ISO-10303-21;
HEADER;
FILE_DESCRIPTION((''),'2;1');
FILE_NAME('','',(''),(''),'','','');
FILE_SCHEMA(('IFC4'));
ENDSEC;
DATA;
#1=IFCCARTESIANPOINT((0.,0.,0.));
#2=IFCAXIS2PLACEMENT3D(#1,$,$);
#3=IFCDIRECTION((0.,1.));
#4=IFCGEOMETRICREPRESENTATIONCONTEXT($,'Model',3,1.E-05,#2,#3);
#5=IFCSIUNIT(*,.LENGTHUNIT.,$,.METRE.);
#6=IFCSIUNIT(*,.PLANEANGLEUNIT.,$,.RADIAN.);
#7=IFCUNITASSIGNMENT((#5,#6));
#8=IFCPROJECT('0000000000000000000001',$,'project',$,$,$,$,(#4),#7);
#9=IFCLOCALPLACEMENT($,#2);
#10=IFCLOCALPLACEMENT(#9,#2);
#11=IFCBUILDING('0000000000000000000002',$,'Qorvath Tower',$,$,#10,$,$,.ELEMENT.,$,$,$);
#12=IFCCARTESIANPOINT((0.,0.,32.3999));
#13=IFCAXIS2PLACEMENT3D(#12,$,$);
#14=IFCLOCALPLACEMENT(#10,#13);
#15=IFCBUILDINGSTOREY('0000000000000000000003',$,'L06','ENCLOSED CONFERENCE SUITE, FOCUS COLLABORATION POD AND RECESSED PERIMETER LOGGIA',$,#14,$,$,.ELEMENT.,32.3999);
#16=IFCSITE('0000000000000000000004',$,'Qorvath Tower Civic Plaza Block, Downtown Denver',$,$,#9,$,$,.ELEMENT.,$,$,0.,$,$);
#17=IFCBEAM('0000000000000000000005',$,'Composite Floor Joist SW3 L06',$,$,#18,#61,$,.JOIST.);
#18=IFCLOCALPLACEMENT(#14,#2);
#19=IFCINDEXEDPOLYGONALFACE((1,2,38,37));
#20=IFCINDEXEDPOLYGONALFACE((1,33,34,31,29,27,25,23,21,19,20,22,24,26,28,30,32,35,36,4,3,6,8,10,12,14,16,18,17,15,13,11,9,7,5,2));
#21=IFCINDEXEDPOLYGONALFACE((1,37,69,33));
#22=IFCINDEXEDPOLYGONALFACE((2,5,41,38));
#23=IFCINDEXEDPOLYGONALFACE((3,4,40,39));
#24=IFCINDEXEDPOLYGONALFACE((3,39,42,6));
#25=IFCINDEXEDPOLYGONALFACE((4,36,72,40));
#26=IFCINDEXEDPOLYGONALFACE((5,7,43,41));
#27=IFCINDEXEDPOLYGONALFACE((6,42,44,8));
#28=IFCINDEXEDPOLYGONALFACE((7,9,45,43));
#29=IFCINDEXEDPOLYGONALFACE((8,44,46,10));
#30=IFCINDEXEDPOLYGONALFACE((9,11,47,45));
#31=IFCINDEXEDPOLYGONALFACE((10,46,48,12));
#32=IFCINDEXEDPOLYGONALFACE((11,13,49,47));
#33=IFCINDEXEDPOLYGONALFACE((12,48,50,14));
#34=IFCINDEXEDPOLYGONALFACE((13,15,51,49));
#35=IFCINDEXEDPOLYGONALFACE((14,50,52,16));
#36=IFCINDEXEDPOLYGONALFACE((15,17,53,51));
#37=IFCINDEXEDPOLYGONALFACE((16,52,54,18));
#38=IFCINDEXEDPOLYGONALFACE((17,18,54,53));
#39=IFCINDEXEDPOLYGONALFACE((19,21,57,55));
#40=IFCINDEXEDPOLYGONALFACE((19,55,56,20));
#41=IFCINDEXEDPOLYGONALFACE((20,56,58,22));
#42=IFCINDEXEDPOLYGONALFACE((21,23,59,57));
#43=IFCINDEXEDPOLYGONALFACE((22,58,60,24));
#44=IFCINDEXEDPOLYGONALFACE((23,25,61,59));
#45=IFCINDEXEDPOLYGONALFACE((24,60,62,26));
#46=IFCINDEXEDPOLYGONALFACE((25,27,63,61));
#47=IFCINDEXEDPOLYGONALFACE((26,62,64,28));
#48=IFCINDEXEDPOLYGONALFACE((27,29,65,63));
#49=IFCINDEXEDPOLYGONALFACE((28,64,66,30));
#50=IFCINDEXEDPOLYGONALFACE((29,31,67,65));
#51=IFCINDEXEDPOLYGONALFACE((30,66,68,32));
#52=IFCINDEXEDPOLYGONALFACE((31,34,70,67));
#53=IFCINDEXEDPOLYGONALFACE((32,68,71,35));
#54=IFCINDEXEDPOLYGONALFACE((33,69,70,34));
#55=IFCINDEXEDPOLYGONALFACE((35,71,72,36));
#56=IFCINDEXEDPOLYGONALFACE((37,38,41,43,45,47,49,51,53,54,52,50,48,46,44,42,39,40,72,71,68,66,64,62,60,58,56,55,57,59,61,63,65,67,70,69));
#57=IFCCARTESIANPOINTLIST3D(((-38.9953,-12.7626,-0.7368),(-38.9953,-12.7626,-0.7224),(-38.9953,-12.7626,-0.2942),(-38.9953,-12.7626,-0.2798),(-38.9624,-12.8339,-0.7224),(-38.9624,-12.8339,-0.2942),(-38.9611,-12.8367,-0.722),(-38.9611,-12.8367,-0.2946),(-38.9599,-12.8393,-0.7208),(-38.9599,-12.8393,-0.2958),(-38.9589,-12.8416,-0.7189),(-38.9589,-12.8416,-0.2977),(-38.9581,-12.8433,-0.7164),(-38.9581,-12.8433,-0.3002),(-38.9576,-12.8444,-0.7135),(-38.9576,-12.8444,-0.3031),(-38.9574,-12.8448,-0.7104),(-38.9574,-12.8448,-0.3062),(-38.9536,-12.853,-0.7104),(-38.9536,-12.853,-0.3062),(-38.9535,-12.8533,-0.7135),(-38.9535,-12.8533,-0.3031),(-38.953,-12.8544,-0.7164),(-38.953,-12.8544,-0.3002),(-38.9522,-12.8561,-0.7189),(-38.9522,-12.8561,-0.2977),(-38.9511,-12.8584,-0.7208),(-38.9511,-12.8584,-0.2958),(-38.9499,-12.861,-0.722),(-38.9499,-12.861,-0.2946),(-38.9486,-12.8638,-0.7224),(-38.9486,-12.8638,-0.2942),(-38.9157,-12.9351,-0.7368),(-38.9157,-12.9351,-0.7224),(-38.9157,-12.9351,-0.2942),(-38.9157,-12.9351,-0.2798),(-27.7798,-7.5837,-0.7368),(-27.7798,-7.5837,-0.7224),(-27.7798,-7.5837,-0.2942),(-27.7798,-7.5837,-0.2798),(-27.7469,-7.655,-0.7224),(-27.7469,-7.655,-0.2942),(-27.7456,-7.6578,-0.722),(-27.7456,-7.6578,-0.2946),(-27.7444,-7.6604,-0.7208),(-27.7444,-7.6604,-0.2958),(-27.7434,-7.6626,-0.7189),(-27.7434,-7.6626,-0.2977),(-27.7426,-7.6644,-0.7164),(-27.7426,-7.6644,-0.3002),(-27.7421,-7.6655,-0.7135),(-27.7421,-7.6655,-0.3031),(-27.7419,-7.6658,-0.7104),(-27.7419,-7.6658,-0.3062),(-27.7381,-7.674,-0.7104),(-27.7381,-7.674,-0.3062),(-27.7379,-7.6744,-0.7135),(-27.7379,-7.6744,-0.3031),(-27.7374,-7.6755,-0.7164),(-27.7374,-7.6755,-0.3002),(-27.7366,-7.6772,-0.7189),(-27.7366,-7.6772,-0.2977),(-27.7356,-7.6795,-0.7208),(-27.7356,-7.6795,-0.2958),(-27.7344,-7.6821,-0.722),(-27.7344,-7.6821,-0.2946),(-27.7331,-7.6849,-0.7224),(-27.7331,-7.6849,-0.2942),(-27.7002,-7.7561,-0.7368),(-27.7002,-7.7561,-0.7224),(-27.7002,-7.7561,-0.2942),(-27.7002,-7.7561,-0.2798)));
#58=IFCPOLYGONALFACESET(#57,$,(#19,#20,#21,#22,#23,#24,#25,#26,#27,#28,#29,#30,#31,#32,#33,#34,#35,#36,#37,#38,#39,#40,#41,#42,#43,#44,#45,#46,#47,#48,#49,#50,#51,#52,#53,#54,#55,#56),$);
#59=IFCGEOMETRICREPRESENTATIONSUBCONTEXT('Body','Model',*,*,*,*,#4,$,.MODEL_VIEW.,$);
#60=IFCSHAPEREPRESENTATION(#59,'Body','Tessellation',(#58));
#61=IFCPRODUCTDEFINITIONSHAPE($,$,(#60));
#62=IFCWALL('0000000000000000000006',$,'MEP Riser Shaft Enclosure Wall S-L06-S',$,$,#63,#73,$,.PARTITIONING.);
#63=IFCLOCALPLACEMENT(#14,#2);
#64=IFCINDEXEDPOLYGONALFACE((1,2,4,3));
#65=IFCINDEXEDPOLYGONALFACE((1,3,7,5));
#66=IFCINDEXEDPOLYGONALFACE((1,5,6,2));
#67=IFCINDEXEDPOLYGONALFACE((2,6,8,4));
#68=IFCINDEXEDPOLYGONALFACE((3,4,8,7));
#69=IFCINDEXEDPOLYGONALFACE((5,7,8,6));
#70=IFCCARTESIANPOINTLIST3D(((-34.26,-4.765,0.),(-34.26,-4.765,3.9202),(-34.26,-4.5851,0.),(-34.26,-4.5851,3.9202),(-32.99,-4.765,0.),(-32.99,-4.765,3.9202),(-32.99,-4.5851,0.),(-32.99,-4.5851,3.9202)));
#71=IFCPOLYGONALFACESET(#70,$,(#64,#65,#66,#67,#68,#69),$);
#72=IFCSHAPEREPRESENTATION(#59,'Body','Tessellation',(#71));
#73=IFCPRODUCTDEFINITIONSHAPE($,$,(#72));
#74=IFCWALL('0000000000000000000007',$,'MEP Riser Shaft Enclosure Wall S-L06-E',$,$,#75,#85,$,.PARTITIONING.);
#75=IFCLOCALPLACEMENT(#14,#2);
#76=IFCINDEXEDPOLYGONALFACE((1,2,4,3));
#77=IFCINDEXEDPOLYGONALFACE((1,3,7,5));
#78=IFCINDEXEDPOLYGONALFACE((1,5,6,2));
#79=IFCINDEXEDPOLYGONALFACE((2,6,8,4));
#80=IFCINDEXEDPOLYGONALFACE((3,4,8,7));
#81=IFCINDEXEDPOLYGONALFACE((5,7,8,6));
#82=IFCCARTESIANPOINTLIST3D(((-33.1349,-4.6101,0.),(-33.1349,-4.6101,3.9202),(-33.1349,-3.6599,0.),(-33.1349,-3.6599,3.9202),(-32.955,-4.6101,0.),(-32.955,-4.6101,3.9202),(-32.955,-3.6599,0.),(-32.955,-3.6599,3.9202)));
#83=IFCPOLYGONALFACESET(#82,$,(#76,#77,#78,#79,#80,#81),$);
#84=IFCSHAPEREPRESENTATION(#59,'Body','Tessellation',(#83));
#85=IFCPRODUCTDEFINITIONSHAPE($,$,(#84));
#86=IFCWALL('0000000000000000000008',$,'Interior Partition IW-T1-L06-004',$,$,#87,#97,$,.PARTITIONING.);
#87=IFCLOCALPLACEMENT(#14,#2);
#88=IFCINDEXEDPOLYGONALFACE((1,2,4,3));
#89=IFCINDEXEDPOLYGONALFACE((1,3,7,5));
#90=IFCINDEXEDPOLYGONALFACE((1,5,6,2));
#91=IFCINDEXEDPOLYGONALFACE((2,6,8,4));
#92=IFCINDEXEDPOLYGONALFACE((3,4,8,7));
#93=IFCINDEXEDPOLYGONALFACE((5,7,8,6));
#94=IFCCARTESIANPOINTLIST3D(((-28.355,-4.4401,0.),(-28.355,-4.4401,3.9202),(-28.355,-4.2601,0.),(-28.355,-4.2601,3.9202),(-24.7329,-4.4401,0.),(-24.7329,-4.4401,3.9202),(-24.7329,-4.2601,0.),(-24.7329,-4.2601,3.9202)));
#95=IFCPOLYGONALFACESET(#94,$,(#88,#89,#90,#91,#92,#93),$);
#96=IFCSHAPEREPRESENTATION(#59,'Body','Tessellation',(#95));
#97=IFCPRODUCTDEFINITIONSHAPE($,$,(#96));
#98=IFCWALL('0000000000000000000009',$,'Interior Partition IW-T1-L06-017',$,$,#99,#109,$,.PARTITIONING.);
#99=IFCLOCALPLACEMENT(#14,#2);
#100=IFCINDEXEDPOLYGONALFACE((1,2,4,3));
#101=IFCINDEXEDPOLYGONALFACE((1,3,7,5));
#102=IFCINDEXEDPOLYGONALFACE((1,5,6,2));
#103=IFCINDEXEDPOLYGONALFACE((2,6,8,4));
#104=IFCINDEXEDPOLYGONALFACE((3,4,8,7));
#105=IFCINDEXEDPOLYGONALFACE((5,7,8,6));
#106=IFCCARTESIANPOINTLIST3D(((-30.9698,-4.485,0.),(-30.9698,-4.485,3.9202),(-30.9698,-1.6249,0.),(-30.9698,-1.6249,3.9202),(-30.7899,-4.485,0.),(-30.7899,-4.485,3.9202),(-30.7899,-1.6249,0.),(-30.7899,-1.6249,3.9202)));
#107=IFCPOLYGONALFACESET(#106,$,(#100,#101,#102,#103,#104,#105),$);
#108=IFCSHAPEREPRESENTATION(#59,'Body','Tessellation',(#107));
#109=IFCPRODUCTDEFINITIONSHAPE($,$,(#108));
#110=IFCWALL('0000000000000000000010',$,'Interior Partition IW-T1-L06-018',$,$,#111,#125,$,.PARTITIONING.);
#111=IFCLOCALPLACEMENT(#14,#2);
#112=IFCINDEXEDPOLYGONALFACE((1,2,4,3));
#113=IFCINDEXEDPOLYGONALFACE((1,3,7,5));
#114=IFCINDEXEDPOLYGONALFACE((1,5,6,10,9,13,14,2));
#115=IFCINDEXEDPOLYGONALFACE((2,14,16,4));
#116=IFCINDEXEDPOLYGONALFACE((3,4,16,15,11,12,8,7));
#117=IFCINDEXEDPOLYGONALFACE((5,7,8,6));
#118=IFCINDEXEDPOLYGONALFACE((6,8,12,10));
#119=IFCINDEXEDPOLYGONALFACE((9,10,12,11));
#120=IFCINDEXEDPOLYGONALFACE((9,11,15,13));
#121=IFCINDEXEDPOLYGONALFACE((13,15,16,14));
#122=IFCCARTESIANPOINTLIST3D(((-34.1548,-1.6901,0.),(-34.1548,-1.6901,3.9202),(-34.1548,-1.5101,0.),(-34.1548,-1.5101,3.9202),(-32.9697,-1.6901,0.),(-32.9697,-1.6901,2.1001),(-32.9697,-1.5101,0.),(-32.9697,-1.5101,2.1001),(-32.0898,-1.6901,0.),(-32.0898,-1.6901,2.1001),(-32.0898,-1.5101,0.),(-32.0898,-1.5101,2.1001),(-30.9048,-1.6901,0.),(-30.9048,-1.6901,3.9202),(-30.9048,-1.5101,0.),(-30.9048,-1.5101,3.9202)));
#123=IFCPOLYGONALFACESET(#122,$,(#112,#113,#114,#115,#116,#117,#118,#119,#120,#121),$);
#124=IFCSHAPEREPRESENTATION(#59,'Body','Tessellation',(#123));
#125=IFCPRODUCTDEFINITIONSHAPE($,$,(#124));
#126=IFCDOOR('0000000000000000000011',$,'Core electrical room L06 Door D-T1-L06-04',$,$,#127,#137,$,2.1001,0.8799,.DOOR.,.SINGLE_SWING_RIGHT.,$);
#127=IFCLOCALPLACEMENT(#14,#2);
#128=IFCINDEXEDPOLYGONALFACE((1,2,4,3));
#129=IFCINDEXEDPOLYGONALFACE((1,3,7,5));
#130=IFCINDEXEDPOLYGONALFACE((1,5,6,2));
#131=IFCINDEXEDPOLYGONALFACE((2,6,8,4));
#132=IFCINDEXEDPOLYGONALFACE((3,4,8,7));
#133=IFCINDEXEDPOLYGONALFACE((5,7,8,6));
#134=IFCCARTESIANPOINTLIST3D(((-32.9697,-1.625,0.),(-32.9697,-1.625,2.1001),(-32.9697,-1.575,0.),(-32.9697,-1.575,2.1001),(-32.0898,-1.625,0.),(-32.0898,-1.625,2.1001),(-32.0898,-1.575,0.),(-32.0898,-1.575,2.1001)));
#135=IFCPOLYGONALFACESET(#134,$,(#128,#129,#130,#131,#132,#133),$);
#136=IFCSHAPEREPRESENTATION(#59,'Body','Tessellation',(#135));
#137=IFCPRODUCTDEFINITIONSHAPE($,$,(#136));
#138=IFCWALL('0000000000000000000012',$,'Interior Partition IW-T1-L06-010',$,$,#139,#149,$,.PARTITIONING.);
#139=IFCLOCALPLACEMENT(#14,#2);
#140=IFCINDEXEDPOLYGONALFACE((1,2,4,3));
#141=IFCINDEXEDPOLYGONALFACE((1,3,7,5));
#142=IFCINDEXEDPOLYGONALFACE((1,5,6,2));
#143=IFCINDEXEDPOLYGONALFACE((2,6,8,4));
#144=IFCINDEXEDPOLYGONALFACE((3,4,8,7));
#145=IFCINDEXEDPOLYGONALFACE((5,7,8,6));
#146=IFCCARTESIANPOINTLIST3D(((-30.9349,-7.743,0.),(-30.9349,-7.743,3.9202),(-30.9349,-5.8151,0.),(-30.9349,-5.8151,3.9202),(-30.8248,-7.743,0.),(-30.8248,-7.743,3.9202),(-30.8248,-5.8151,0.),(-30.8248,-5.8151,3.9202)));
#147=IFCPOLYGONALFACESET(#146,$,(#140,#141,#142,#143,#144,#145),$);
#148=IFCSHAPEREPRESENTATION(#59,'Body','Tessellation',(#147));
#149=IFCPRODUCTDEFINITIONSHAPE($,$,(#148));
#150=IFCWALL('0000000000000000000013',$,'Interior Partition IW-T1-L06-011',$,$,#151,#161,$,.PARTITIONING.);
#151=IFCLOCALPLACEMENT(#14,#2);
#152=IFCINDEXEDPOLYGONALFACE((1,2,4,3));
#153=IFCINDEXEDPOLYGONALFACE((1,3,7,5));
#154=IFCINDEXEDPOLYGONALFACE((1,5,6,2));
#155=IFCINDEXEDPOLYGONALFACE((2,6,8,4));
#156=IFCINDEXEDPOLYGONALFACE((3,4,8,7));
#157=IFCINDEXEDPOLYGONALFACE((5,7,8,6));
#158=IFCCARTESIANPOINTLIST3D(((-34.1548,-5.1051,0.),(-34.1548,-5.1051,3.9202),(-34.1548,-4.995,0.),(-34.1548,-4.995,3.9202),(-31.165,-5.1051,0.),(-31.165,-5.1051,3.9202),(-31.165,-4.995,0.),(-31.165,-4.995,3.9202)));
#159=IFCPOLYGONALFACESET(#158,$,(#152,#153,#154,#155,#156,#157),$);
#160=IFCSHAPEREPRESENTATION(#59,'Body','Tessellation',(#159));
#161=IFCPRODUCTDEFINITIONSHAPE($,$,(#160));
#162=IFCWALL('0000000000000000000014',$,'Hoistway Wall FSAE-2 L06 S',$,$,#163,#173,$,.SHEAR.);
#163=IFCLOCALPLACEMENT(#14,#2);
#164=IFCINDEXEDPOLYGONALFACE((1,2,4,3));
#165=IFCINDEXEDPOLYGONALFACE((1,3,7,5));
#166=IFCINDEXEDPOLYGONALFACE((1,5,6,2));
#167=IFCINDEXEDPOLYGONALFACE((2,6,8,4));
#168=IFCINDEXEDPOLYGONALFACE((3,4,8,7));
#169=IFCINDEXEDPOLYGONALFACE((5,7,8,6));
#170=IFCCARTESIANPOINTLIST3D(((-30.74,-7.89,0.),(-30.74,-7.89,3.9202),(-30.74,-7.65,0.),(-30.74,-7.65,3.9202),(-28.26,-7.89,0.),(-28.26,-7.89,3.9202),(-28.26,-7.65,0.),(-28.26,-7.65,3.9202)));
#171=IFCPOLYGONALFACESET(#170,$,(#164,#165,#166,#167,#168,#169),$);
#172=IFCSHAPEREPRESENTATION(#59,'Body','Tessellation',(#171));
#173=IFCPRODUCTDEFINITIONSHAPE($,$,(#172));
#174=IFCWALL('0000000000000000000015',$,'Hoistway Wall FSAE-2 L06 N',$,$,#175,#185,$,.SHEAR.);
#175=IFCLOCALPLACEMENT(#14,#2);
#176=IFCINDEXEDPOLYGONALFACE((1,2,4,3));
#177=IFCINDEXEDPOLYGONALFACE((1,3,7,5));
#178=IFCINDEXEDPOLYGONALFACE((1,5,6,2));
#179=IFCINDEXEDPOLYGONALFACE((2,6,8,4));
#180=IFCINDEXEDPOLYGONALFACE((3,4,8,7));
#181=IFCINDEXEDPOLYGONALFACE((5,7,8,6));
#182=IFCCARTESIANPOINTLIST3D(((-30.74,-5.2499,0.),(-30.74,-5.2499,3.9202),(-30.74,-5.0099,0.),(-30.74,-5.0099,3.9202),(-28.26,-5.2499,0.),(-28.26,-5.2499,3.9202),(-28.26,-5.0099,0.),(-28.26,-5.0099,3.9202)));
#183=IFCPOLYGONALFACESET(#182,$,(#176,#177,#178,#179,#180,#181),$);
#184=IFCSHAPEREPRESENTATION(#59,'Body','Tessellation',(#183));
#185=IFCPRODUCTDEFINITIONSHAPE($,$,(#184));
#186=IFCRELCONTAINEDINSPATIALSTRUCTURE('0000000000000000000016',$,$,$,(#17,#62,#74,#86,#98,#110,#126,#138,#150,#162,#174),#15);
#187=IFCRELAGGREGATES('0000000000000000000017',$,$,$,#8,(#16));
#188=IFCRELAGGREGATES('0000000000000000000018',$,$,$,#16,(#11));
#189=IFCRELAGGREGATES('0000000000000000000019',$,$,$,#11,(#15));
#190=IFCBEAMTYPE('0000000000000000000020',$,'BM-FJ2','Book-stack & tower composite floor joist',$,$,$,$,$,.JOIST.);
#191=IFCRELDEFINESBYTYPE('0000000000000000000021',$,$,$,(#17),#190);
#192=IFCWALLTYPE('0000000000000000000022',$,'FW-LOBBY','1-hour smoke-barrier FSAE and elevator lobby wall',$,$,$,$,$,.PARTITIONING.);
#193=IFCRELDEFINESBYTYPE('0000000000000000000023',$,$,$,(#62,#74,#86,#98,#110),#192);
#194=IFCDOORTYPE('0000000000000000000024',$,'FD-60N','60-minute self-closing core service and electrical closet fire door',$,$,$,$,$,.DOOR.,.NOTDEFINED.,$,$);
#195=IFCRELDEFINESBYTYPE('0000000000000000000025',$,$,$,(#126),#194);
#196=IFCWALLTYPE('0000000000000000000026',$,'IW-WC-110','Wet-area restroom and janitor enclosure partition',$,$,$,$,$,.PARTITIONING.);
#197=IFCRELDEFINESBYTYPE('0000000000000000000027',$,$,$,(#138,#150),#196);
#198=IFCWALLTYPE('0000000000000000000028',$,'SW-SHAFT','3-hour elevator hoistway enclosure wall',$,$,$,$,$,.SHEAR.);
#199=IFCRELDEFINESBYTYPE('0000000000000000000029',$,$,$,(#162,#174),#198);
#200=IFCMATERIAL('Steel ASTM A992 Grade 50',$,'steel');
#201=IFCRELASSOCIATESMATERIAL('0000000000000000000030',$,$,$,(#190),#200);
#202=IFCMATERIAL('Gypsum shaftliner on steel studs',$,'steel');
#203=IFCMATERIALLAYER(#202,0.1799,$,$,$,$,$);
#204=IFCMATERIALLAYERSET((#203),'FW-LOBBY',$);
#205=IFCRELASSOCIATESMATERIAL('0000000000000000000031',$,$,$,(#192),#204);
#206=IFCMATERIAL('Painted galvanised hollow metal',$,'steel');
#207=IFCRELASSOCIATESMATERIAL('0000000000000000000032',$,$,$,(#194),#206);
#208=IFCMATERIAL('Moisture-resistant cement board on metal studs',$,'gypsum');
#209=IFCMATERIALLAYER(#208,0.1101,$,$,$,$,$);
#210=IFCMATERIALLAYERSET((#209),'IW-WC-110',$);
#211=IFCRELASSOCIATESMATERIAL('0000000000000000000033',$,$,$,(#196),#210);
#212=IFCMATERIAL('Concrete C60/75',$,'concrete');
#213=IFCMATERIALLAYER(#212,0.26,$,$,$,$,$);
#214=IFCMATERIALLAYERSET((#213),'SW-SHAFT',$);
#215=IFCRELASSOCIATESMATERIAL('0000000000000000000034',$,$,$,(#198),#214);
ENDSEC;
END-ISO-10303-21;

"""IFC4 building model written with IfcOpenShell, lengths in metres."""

from ifc_helpers import new_model, si_unit, direction, frame, frame_2d, origin, origin_2d, place, context, subcontext, project, spatial, rectangle, i_section, extrude, material, layer, layer_set, material_profile, profile_set, type_object, element, fill, save


model = new_model("IFC4")

# Units and contexts
model_context = context("Model", 3, precision=1e-05, world=origin(), true_north=direction((0.0, 1.0)))
body_context = subcontext(model_context, "Body", "Model", "MODEL_VIEW")
ifc_project = project(units=[si_unit("LENGTHUNIT", "METRE"), si_unit("PLANEANGLEUNIT", "RADIAN")], contexts=[model_context])

# Site, building, storey
site_placement = place(None, origin())
site = spatial("IfcSite", under=ifc_project, at=site_placement, Name="Qorvath Tower Civic Plaza Block, Downtown Denver", CompositionType="ELEMENT", RefElevation=0.0)
building_placement = place(site_placement, origin())
building = spatial("IfcBuilding", under=site, at=building_placement, Name="Qorvath Tower", CompositionType="ELEMENT")
storey_placement = place(building_placement, frame((0.0, 0.0, 32.3999)))
storey = spatial("IfcBuildingStorey", under=building, at=storey_placement, Name="L06", Description="ENCLOSED CONFERENCE SUITE, FOCUS COLLABORATION POD AND RECESSED PERIMETER LOGGIA", CompositionType="ELEMENT", Elevation=32.3999)

# Beam
ifc_material_1 = material(Name="Steel ASTM A992 Grade 50", Category="steel")
ifc_material_profile_1 = material_profile(ifc_material_1, i_section(OverallWidth=0.1899, OverallDepth=0.457, WebThickness=0.009, FlangeThickness=0.0144, FilletRadius=0.012, at=origin_2d()), Name="W18x50")
ifc_profile_set_1 = profile_set([ifc_material_profile_1], Name="Steel ASTM A992 Grade 50")
beam_type_1 = type_object("IfcBeamType", Name="BM-FJ2", Description="Book-stack & tower composite floor joist", PredefinedType="JOIST", material=ifc_profile_set_1)
beam_1_placement = place(storey_placement, frame((-27.74, -7.6699, -0.5083), z_axis=(-0.907881, -0.419227, 0.0), x_axis=(0.419227, -0.907881, 0.0)))
element("IfcBeam", 1, at=beam_1_placement, inside=storey, type_object=beam_type_1, Name="Composite Floor Joist SW3 L06", PredefinedType="JOIST", context=body_context, shape_type="SweptSolid", body=[
    extrude(i_section(OverallWidth=0.1899, OverallDepth=0.457, WebThickness=0.009, FlangeThickness=0.0144, FilletRadius=0.012, at=origin_2d()), origin(), (0.0, 0.0, 1.0), 12.3535),
])

# Walls
ifc_material_2 = material(Name="Gypsum shaftliner on steel studs", Category="steel")
ifc_layer_1 = layer(ifc_material_2, 0.1799)
ifc_layer_set_1 = layer_set([ifc_layer_1], Name="FW-LOBBY")
wall_type_1 = type_object("IfcWallType", Name="FW-LOBBY", Description="1-hour smoke-barrier FSAE and elevator lobby wall", PredefinedType="PARTITIONING", material=ifc_layer_set_1)
wall_1_placement = place(storey_placement, frame((-32.99, -4.675, 0.0), z_axis=(0.0, 0.0, 1.0), x_axis=(-1.0, 0.0, 0.0)))
element("IfcWall", 2, at=wall_1_placement, inside=storey, type_object=wall_type_1, Name="MEP Riser Shaft Enclosure Wall S-L06-S", PredefinedType="PARTITIONING", context=body_context, shape_type="SweptSolid", body=[
    extrude(rectangle(XDim=1.27, YDim=0.1799, at=frame_2d((0.635, 0.0))), origin(), (0.0, 0.0, 1.0), 3.9202),
])
wall_2_placement = place(storey_placement, frame((-33.0449, -3.6599, 0.0), z_axis=(0.0, 0.0, 1.0), x_axis=(0.0, -1.0, 0.0)))
element("IfcWall", 3, at=wall_2_placement, inside=storey, type_object=wall_type_1, Name="MEP Riser Shaft Enclosure Wall S-L06-E", PredefinedType="PARTITIONING", context=body_context, shape_type="SweptSolid", body=[
    extrude(rectangle(XDim=0.9502, YDim=0.1799, at=frame_2d((0.4751, 0.0))), origin(), (0.0, 0.0, 1.0), 3.9202),
])
wall_3_placement = place(storey_placement, frame((-24.7329, -4.3501, 0.0), z_axis=(0.0, 0.0, 1.0), x_axis=(-1.0, 0.0, 0.0)))
element("IfcWall", 4, at=wall_3_placement, inside=storey, type_object=wall_type_1, Name="Interior Partition IW-T1-L06-004", PredefinedType="PARTITIONING", context=body_context, shape_type="SweptSolid", body=[
    extrude(rectangle(XDim=3.6221, YDim=0.1799, at=frame_2d((1.811, 0.0))), origin(), (0.0, 0.0, 1.0), 3.9202),
])
wall_4_placement = place(storey_placement, frame((-30.8799, -4.4851, 0.0), z_axis=(0.0, 0.0, 1.0), x_axis=(0.0, 1.0, 0.0)))
element("IfcWall", 5, at=wall_4_placement, inside=storey, type_object=wall_type_1, Name="Interior Partition IW-T1-L06-017", PredefinedType="PARTITIONING", context=body_context, shape_type="SweptSolid", body=[
    extrude(rectangle(XDim=2.8601, YDim=0.1799, at=frame_2d((1.4302, 0.0))), origin(), (0.0, 0.0, 1.0), 3.9202),
])

# Wall, opening, door
wall_5_placement = place(storey_placement, frame((-30.9048, -1.6001, 0.0), z_axis=(0.0, 0.0, 1.0), x_axis=(-1.0, 0.0, 0.0)))
wall_5 = element("IfcWall", 6, at=wall_5_placement, inside=storey, type_object=wall_type_1, Name="Interior Partition IW-T1-L06-018", PredefinedType="PARTITIONING", context=body_context, shape_type="SweptSolid", body=[
    extrude(rectangle(XDim=3.25, YDim=0.1799, at=frame_2d((1.625, 0.0))), origin(), (0.0, 0.0, 1.0), 3.9202),
])
opening_1_placement = place(wall_5_placement, frame((1.1851, 0.0, 0.0)))
opening_1 = element("IfcOpeningElement", 7, at=opening_1_placement, cuts=wall_5, PredefinedType="OPENING", context=body_context, shape_type="SweptSolid", body=[
    extrude(rectangle(XDim=0.8799, YDim=2.1001, at=frame_2d((0.4399, 1.05))), frame((0.0, 0.1001, 0.0), z_axis=(0.0, -1.0, 0.0), x_axis=(1.0, 0.0, 0.0)), (0.0, 0.0, 1.0), 0.2),
])
ifc_material_3 = material(Name="Painted galvanised hollow metal", Category="steel")
door_type_1 = type_object("IfcDoorType", Name="FD-60N", Description="60-minute self-closing core service and electrical closet fire door", OperationType="NOTDEFINED", PredefinedType="DOOR", material=ifc_material_3)
door_1_placement = place(opening_1_placement, origin())
door_1 = element("IfcDoor", 8, at=door_1_placement, inside=storey, type_object=door_type_1, Name="Core electrical room L06 Door D-T1-L06-04", OperationType="SINGLE_SWING_RIGHT", OverallHeight=2.1001, OverallWidth=0.8799, PredefinedType="DOOR", context=body_context, shape_type="SweptSolid", body=[
    extrude(rectangle(XDim=0.8799, YDim=2.1001, at=frame_2d((0.4399, 1.05))), frame((0.0, 0.0249, 0.0), z_axis=(0.0, -1.0, 0.0), x_axis=(1.0, 0.0, 0.0)), (0.0, 0.0, 1.0), 0.05),
])
fill(opening_1, door_1)

# Walls
ifc_material_4 = material(Name="Moisture-resistant cement board on metal studs", Category="gypsum")
ifc_layer_2 = layer(ifc_material_4, 0.1101)
ifc_layer_set_2 = layer_set([ifc_layer_2], Name="IW-WC-110")
wall_type_2 = type_object("IfcWallType", Name="IW-WC-110", Description="Wet-area restroom and janitor enclosure partition", PredefinedType="PARTITIONING", material=ifc_layer_set_2)
wall_6_placement = place(storey_placement, frame((-30.8799, -7.7429, 0.0), z_axis=(0.0, 0.0, 1.0), x_axis=(0.0, 1.0, 0.0)))
element("IfcWall", 9, at=wall_6_placement, inside=storey, type_object=wall_type_2, Name="Interior Partition IW-T1-L06-010", PredefinedType="PARTITIONING", context=body_context, shape_type="SweptSolid", body=[
    extrude(rectangle(XDim=1.928, YDim=0.1101, at=frame_2d((0.9639, 0.0))), origin(), (0.0, 0.0, 1.0), 3.9202),
])
wall_7_placement = place(storey_placement, frame((-31.165, -5.05, 0.0), z_axis=(0.0, 0.0, 1.0), x_axis=(-1.0, 0.0, 0.0)))
element("IfcWall", 10, at=wall_7_placement, inside=storey, type_object=wall_type_2, Name="Interior Partition IW-T1-L06-011", PredefinedType="PARTITIONING", context=body_context, shape_type="SweptSolid", body=[
    extrude(rectangle(XDim=2.9897, YDim=0.1101, at=frame_2d((1.4949, 0.0))), origin(), (0.0, 0.0, 1.0), 3.9202),
])
ifc_material_5 = material(Name="Concrete C60/75", Category="concrete")
ifc_layer_3 = layer(ifc_material_5, 0.26)
ifc_layer_set_3 = layer_set([ifc_layer_3], Name="SW-SHAFT")
wall_type_3 = type_object("IfcWallType", Name="SW-SHAFT", Description="3-hour elevator hoistway enclosure wall", PredefinedType="SHEAR", material=ifc_layer_set_3)
for number, where, z_axis, x_axis, name in (
    (11, (-28.26, -7.77, 0.0), (0.0, 0.0, 1.0), (-1.0, 0.0, 0.0), "Hoistway Wall FSAE-2 L06 S"),
    (12, (-30.74, -5.1299, 0.0), (0.0, 0.0, 1.0), (1.0, 0.0, 0.0), "Hoistway Wall FSAE-2 L06 N"),
):
    element("IfcWall", number, at=place(storey_placement, frame(where, z_axis=z_axis, x_axis=x_axis)), inside=storey, type_object=wall_type_3, Name=name, PredefinedType="SHEAR", context=body_context, shape_type="SweptSolid", body=[
        extrude(rectangle(XDim=2.48, YDim=0.24, at=frame_2d((1.24, 0.0))), origin(), (0.0, 0.0, 1.0), 3.9202),
    ])

save(model, "model.ifc")
